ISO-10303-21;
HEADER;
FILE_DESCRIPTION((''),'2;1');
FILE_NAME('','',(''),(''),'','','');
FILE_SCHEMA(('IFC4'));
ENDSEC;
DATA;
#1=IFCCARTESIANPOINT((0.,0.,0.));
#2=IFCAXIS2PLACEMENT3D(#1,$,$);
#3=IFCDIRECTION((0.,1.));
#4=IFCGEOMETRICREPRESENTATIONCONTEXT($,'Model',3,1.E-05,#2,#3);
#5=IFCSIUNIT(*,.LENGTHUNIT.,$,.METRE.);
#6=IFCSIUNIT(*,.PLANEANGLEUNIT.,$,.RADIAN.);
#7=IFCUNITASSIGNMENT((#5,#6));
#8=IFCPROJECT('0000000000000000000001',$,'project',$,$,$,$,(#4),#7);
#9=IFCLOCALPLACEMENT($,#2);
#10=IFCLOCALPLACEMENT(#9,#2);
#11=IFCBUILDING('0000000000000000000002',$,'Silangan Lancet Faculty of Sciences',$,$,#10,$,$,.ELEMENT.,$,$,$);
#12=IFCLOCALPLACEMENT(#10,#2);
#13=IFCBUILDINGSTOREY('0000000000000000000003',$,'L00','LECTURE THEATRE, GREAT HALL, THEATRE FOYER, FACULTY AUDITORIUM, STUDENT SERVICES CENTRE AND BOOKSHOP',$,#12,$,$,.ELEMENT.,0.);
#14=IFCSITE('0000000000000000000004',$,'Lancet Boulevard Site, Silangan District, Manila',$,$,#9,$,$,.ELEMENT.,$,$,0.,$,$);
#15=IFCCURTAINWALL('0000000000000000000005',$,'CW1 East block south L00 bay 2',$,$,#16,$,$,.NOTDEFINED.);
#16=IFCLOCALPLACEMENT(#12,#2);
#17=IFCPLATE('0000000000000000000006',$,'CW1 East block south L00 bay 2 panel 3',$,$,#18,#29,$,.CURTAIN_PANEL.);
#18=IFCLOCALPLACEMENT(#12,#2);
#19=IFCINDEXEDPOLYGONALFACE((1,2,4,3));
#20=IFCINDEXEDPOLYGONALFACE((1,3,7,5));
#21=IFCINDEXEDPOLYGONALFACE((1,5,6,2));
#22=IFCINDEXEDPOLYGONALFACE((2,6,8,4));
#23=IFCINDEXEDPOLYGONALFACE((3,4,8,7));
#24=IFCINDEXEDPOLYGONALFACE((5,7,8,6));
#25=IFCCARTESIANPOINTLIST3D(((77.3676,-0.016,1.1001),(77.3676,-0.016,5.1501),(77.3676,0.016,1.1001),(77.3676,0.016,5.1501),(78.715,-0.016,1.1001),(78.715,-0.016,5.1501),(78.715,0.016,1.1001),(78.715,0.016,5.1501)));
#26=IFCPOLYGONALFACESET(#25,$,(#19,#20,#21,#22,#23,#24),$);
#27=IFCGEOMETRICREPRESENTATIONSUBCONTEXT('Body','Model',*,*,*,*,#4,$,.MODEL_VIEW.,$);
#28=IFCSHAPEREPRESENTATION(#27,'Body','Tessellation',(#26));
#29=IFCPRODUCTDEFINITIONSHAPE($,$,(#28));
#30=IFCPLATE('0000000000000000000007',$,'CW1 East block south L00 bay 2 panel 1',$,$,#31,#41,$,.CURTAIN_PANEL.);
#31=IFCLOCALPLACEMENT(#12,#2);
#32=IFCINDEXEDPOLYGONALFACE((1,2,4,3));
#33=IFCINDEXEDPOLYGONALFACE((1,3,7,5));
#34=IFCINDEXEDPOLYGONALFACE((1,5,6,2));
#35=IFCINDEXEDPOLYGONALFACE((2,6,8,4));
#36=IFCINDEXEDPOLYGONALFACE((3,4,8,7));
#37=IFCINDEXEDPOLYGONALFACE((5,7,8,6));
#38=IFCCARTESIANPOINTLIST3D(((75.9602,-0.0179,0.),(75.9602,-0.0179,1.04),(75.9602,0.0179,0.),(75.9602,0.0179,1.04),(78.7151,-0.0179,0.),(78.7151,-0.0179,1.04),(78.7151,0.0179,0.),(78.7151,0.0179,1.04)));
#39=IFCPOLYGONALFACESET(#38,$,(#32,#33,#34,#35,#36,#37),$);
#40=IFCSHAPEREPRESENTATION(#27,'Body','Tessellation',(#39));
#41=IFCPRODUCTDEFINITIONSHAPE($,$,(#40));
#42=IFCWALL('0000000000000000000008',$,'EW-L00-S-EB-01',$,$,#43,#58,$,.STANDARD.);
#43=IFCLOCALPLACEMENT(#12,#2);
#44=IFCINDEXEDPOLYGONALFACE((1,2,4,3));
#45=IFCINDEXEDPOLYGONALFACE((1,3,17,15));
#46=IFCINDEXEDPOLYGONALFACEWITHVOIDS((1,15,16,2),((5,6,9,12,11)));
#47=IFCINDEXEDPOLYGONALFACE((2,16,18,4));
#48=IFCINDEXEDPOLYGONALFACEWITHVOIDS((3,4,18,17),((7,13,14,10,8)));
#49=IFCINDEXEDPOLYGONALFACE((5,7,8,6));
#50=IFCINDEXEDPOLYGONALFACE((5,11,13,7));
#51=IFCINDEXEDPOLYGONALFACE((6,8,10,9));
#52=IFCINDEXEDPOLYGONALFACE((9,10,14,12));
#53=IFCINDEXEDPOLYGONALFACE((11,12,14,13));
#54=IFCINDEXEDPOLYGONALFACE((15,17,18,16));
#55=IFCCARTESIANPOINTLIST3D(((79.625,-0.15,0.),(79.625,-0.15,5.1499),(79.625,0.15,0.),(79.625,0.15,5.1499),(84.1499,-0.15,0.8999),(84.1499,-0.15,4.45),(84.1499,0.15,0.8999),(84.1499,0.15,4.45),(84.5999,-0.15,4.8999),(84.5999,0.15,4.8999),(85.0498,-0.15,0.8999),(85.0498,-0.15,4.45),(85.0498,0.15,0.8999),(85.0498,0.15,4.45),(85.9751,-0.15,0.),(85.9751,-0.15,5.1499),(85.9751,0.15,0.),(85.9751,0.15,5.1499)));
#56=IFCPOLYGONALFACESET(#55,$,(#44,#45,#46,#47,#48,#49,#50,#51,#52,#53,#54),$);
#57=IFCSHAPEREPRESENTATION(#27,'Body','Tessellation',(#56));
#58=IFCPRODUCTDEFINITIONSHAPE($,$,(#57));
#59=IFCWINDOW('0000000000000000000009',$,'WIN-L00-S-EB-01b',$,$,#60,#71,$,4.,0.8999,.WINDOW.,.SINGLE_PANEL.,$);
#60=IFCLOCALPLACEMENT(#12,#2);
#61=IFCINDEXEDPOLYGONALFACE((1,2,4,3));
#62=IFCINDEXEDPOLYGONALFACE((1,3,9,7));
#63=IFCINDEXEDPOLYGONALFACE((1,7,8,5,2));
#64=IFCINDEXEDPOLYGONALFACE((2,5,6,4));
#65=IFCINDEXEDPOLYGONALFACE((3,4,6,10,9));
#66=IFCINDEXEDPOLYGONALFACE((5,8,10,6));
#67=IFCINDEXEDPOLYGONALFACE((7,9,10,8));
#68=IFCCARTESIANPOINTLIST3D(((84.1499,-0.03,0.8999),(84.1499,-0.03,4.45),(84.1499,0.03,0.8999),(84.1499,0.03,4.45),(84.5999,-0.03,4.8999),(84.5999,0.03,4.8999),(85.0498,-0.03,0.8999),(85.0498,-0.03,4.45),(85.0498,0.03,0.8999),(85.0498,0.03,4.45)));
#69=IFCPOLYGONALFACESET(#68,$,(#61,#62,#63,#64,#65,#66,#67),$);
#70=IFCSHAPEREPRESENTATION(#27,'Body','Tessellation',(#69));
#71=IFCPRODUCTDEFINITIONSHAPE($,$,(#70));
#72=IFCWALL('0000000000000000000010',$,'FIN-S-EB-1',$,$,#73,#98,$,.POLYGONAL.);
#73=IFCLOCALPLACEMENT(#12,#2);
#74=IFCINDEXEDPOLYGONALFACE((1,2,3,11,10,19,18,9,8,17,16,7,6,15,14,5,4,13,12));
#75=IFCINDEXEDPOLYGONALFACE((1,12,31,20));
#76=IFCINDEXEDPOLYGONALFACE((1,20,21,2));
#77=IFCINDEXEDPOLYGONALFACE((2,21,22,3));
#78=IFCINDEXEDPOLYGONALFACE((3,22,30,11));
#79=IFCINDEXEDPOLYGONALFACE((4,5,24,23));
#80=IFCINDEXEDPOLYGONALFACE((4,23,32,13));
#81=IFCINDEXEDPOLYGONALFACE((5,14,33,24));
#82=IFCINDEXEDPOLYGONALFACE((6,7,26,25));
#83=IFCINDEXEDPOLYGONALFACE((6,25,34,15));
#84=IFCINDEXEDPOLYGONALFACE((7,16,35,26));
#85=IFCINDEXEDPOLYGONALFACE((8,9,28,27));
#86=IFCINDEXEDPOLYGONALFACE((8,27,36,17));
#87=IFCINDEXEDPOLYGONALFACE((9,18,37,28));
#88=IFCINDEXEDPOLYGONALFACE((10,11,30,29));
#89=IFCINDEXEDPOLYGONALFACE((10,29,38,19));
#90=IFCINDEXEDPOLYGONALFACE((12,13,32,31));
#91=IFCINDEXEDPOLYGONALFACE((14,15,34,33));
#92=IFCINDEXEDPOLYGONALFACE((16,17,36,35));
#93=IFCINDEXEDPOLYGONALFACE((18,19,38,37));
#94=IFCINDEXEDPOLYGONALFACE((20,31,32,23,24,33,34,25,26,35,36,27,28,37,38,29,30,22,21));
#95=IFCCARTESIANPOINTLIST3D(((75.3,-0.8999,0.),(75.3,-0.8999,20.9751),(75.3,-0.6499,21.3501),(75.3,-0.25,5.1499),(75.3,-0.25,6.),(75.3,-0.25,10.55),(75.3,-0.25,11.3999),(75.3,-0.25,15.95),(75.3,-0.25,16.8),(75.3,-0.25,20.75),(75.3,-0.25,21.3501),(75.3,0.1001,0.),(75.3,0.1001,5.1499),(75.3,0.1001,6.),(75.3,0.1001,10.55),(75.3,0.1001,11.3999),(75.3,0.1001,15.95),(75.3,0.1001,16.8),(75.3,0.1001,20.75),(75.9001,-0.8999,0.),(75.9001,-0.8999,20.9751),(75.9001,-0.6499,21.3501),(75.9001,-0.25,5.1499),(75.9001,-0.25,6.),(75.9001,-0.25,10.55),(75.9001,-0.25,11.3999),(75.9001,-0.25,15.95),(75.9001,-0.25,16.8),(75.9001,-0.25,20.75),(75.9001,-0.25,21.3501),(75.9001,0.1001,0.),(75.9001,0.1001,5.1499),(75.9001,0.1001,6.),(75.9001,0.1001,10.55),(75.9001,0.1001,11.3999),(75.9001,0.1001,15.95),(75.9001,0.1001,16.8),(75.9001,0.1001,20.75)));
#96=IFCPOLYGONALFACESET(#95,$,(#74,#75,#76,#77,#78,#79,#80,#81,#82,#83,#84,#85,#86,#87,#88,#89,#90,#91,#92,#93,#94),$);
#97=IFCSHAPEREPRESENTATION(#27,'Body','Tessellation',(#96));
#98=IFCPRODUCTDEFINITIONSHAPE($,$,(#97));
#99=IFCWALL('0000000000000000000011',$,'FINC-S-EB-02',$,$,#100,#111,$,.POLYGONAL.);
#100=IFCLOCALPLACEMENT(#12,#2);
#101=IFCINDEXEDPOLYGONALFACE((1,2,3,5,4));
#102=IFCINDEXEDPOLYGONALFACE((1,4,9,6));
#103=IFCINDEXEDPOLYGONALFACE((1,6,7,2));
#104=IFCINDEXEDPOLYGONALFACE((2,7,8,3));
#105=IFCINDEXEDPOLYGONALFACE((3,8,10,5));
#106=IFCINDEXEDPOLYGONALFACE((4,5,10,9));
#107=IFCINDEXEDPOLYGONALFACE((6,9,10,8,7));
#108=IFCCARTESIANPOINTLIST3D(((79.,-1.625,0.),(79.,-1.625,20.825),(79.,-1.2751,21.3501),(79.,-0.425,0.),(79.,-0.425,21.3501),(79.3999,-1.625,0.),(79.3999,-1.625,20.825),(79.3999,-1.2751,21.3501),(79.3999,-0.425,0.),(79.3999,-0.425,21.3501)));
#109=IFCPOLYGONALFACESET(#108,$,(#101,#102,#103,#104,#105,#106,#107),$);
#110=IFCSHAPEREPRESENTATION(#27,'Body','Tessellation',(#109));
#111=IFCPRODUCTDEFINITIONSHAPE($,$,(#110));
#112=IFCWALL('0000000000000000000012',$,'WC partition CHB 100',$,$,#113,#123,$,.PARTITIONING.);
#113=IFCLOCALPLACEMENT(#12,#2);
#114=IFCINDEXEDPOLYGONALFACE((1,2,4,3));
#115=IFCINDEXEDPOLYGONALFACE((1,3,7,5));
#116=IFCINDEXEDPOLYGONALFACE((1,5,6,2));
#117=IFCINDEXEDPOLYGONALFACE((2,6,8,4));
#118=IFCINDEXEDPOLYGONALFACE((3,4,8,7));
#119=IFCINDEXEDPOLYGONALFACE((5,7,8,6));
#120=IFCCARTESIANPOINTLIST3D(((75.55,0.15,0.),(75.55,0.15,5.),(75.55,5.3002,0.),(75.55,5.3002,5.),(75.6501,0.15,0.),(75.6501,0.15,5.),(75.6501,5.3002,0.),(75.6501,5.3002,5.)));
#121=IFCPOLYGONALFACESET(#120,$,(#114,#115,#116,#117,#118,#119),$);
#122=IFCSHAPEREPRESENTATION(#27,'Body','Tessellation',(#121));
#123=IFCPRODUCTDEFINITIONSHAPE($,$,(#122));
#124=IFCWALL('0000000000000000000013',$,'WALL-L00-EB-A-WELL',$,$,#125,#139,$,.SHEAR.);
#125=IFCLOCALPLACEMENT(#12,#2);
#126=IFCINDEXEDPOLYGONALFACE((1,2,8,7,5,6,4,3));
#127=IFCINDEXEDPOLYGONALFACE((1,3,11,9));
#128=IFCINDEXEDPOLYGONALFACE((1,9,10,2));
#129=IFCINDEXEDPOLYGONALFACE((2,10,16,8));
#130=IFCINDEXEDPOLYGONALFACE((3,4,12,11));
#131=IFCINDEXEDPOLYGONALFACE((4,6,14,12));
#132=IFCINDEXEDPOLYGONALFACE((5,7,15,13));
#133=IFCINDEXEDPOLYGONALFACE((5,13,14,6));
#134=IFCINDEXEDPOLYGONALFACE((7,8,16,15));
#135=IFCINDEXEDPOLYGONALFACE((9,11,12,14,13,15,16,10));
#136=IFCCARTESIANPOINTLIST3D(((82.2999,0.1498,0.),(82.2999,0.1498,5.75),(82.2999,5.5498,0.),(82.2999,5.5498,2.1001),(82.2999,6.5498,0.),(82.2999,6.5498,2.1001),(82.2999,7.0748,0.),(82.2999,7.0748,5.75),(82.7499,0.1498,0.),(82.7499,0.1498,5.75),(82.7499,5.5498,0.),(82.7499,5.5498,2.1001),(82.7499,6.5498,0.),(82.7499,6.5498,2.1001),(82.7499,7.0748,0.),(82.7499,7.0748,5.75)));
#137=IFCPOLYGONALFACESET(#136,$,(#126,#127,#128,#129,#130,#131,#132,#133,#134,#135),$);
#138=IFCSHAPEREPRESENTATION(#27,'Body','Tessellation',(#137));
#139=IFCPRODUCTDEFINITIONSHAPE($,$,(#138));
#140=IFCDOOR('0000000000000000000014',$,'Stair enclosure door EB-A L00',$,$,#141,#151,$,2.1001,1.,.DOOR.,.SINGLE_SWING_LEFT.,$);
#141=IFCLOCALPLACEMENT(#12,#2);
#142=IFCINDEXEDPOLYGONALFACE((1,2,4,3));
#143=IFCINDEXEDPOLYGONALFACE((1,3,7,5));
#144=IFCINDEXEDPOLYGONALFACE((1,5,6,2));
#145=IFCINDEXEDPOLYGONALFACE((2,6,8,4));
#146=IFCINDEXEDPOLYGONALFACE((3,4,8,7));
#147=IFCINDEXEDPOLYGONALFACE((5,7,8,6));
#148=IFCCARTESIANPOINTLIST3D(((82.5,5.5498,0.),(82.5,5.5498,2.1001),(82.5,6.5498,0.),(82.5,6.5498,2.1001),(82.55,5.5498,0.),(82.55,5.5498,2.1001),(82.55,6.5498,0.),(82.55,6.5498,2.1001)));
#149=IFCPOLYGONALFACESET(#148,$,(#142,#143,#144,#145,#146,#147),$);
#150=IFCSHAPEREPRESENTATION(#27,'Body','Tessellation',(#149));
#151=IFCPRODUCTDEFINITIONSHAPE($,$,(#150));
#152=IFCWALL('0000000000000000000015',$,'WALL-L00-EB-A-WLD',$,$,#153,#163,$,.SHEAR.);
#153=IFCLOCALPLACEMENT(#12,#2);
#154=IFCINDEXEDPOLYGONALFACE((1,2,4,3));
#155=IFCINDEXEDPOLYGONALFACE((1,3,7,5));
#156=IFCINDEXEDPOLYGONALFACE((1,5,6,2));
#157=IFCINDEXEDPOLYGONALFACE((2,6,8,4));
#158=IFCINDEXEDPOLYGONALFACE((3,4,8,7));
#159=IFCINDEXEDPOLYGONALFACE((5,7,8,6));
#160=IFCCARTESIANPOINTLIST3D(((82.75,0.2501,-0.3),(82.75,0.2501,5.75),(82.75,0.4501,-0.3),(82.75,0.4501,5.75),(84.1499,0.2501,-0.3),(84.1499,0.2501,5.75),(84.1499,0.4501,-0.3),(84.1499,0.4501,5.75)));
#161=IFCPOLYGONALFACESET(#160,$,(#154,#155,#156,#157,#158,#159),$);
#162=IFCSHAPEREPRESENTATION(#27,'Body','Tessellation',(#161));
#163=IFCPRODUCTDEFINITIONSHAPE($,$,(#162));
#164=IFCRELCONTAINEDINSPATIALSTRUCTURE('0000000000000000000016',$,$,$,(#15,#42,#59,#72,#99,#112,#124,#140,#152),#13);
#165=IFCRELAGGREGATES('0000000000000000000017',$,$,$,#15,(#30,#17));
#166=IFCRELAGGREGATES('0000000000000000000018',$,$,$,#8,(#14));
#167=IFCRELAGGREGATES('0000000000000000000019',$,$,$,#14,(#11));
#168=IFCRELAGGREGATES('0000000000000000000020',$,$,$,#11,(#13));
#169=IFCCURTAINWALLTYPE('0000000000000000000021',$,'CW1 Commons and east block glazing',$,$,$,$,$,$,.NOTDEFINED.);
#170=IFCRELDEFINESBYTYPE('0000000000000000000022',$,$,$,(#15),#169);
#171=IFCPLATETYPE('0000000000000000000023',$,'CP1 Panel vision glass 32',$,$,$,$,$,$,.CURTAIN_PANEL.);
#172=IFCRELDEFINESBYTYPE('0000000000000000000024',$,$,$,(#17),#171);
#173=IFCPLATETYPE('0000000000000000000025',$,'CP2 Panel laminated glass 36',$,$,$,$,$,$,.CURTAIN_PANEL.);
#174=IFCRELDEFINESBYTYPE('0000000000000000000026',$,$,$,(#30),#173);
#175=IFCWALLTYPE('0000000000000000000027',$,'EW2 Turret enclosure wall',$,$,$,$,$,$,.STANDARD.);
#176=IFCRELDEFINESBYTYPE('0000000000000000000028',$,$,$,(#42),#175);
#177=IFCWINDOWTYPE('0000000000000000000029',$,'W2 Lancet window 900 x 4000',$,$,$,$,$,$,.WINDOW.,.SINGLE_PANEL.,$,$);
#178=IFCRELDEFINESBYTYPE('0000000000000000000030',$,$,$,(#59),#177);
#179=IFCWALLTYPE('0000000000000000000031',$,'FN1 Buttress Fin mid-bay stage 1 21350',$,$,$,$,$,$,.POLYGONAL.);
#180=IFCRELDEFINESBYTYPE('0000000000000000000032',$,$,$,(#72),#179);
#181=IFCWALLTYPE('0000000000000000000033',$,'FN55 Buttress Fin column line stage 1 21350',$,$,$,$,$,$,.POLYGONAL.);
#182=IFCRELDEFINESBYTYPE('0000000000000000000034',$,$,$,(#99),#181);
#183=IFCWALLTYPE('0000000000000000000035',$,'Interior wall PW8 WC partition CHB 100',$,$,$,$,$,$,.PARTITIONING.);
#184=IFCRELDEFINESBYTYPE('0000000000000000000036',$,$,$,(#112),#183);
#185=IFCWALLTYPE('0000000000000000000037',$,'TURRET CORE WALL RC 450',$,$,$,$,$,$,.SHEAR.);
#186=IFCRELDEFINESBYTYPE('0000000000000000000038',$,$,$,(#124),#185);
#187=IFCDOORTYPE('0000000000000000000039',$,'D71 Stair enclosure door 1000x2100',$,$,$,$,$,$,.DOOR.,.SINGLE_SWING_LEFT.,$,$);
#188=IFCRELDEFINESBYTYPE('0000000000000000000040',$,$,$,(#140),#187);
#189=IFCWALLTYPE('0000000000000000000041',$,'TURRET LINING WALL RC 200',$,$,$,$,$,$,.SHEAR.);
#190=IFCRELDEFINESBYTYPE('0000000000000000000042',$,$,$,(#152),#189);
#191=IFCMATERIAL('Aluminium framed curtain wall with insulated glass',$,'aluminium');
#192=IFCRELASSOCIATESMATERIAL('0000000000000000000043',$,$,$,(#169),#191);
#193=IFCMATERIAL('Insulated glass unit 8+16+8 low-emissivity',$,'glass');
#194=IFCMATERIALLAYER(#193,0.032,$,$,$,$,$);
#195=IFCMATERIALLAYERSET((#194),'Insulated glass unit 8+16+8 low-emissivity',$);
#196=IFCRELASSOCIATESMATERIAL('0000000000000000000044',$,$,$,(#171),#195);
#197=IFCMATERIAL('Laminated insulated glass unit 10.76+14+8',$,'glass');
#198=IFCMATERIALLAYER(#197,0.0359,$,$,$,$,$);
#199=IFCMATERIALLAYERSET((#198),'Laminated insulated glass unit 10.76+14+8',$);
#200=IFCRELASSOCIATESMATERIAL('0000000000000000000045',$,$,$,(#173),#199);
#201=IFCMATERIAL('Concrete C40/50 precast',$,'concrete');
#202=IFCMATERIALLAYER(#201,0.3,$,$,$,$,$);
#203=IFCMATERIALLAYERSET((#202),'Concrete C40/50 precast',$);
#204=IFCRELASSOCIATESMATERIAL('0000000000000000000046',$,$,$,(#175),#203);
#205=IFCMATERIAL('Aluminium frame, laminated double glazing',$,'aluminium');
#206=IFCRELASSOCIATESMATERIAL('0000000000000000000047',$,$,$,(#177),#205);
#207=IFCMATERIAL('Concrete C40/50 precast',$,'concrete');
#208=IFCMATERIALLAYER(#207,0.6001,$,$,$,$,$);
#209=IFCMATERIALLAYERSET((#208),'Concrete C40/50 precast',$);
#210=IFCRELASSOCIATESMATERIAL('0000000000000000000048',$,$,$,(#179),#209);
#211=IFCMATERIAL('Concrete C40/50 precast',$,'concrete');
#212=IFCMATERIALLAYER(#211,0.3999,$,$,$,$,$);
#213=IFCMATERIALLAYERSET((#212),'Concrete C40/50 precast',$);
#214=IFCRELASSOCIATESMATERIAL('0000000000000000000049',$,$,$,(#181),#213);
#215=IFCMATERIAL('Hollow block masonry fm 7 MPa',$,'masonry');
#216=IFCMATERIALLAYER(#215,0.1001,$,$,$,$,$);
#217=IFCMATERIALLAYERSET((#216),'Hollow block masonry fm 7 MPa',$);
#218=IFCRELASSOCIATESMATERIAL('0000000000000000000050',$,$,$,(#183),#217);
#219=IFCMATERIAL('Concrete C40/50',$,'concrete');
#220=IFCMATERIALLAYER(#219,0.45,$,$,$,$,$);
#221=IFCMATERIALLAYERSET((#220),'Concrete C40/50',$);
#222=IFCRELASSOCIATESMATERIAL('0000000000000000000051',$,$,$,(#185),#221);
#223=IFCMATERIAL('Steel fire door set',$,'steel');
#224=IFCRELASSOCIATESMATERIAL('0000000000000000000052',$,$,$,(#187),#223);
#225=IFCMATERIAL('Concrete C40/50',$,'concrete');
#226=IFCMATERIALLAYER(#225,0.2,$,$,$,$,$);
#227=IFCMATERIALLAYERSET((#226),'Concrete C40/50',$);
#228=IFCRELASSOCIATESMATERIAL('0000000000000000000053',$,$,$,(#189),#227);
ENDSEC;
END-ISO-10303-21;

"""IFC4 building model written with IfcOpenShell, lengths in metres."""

from ifc_helpers import new_model, si_unit, direction, frame, frame_2d, origin, origin_2d, place, context, subcontext, project, spatial, polyline, rectangle, outline, extrude, material, layer, layer_set, type_object, element, fill, aggregate, save


model = new_model("IFC4")

# Units and contexts
model_context = context("Model", 3, precision=1e-05, world=origin(), true_north=direction((0.0, 1.0)))
body_context = subcontext(model_context, "Body", "Model", "MODEL_VIEW")
ifc_project = project(units=[si_unit("LENGTHUNIT", "METRE"), si_unit("PLANEANGLEUNIT", "RADIAN")], contexts=[model_context])

# Site, building, storey
site_placement = place(None, origin())
site = spatial("IfcSite", under=ifc_project, at=site_placement, Name="Lancet Boulevard Site, Silangan District, Manila", CompositionType="ELEMENT", RefElevation=0.0)
building_placement = place(site_placement, origin())
building = spatial("IfcBuilding", under=site, at=building_placement, Name="Silangan Lancet Faculty of Sciences", CompositionType="ELEMENT")
storey_placement = place(building_placement, origin())
storey = spatial("IfcBuildingStorey", under=building, at=storey_placement, Name="L00", Description="LECTURE THEATRE, GREAT HALL, THEATRE FOYER, FACULTY AUDITORIUM, STUDENT SERVICES CENTRE AND BOOKSHOP", CompositionType="ELEMENT", Elevation=0.0)

# Shared definitions
ifc_material_1 = material(Name="Aluminium framed curtain wall with insulated glass", Category="aluminium")
curtain_wall_type = type_object("IfcCurtainWallType", Name="CW1 Commons and east block glazing", PredefinedType="NOTDEFINED", material=ifc_material_1)

# Curtain wall, plates
curtain_wall_1_placement = place(storey_placement, origin())
curtain_wall_1 = element("IfcCurtainWall", 1, at=curtain_wall_1_placement, inside=storey, type_object=curtain_wall_type, Name="CW1 East block south L00 bay 2", PredefinedType="NOTDEFINED")
ifc_material_2 = material(Name="Insulated glass unit 8+16+8 low-emissivity", Category="glass")
ifc_layer_1 = layer(ifc_material_2, 0.032)
ifc_layer_set_1 = layer_set([ifc_layer_1], Name="Insulated glass unit 8+16+8 low-emissivity")
plate_type_1 = type_object("IfcPlateType", Name="CP1 Panel vision glass 32", PredefinedType="CURTAIN_PANEL", material=ifc_layer_set_1)
plate_1_placement = place(storey_placement, frame((78.0413, 0.0, 1.1001), z_axis=(0.0, 0.0, 1.0), x_axis=(1.0, 0.0, 0.0)))
plate_1 = element("IfcPlate", 2, at=plate_1_placement, type_object=plate_type_1, Name="CW1 East block south L00 bay 2 panel 3", PredefinedType="CURTAIN_PANEL", context=body_context, shape_type="SweptSolid", body=[
    extrude(rectangle(XDim=1.3474, YDim=0.032, at=origin_2d()), origin(), (0.0, 0.0, 1.0), 4.05),
])
ifc_material_3 = material(Name="Laminated insulated glass unit 10.76+14+8", Category="glass")
ifc_layer_2 = layer(ifc_material_3, 0.0359)
ifc_layer_set_2 = layer_set([ifc_layer_2], Name="Laminated insulated glass unit 10.76+14+8")
plate_type_2 = type_object("IfcPlateType", Name="CP2 Panel laminated glass 36", PredefinedType="CURTAIN_PANEL", material=ifc_layer_set_2)
plate_2_placement = place(storey_placement, frame((77.3376, 0.0, 0.0), z_axis=(0.0, 0.0, 1.0), x_axis=(1.0, 0.0, 0.0)))
plate_2 = element("IfcPlate", 3, at=plate_2_placement, type_object=plate_type_2, Name="CW1 East block south L00 bay 2 panel 1", PredefinedType="CURTAIN_PANEL", context=body_context, shape_type="SweptSolid", body=[
    extrude(rectangle(XDim=2.7549, YDim=0.0359, at=origin_2d()), origin(), (0.0, 0.0, 1.0), 1.04),
])
aggregate(curtain_wall_1, [plate_2, plate_1])

# Wall, opening, window
ifc_material_4 = material(Name="Concrete C40/50 precast", Category="concrete")
ifc_layer_3 = layer(ifc_material_4, 0.3)
ifc_layer_set_3 = layer_set([ifc_layer_3], Name="Concrete C40/50 precast")
wall_type_1 = type_object("IfcWallType", Name="EW2 Turret enclosure wall", PredefinedType="STANDARD", material=ifc_layer_set_3)
wall_1_placement = place(storey_placement, frame((79.625, 0.0, 0.0), z_axis=(0.0, 0.0, 1.0), x_axis=(1.0, 0.0, 0.0)))
wall_1 = element("IfcWall", 4, at=wall_1_placement, inside=storey, type_object=wall_type_1, Name="EW-L00-S-EB-01", PredefinedType="STANDARD", context=body_context, shape_type="SweptSolid", body=[
    extrude(rectangle(XDim=6.3501, YDim=0.3, at=frame_2d((3.175, 0.0))), origin(), (0.0, 0.0, 1.0), 5.1499),
])
opening_1_placement = place(wall_1_placement, frame((4.5249, 0.0, 0.8999)))
opening_1 = element("IfcOpeningElement", 5, at=opening_1_placement, cuts=wall_1, PredefinedType="OPENING", context=body_context, shape_type="SweptSolid", body=[
    extrude(outline(polyline([(0.0, 0.0), (0.8999, 0.0), (0.8999, 3.55), (0.45, 4.0), (0.0, 3.55), (0.0, 0.0)])), frame((0.0, 0.1599, 0.0), z_axis=(0.0, -1.0, 0.0), x_axis=(1.0, 0.0, 0.0)), (0.0, 0.0, 1.0), 0.3201),
])
ifc_material_5 = material(Name="Aluminium frame, laminated double glazing", Category="aluminium")
window_type = type_object("IfcWindowType", Name="W2 Lancet window 900 x 4000", PartitioningType="SINGLE_PANEL", PredefinedType="WINDOW", material=ifc_material_5)
window_placement = place(opening_1_placement, origin())
window = element("IfcWindow", 6, at=window_placement, inside=storey, type_object=window_type, Name="WIN-L00-S-EB-01b", OverallHeight=4.0, OverallWidth=0.8999, PartitioningType="SINGLE_PANEL", PredefinedType="WINDOW", context=body_context, shape_type="SweptSolid", body=[
    extrude(outline(polyline([(0.0, 0.0), (0.8999, 0.0), (0.8999, 3.55), (0.45, 4.0), (0.0, 3.55), (0.0, 0.0)])), frame((0.0, 0.03, 0.0), z_axis=(0.0, -1.0, 0.0), x_axis=(1.0, 0.0, 0.0)), (0.0, 0.0, 1.0), 0.0601),
])
fill(opening_1, window)

# Walls
ifc_material_6 = material(Name="Concrete C40/50 precast", Category="concrete")
ifc_layer_4 = layer(ifc_material_6, 0.6001)
ifc_layer_set_4 = layer_set([ifc_layer_4], Name="Concrete C40/50 precast")
wall_type_2 = type_object("IfcWallType", Name="FN1 Buttress Fin mid-bay stage 1 21350", PredefinedType="POLYGONAL", material=ifc_layer_set_4)
wall_2_placement = place(storey_placement, frame((75.6001, 0.1001, 0.0), z_axis=(0.0, 0.0, 1.0), x_axis=(0.0, -1.0, 0.0)))
element("IfcWall", 7, at=wall_2_placement, inside=storey, type_object=wall_type_2, Name="FIN-S-EB-1", PredefinedType="POLYGONAL", context=body_context, shape_type="SweptSolid", body=[
    extrude(outline(polyline([(1.0, 0.0), (1.0, 20.9751), (0.75, 21.3501), (0.3501, 21.3501), (0.3501, 20.75), (0.0, 20.75), (0.0, 16.8), (0.3501, 16.8), (0.3501, 15.95), (0.0, 15.95), (0.0, 11.3999), (0.3501, 11.3999), (0.3501, 10.55), (0.0, 10.55), (0.0, 6.0), (0.3501, 6.0), (0.3501, 5.1499), (0.0, 5.1499), (0.0, 0.0), (1.0, 0.0)])), frame((0.0, 0.3, 0.0), z_axis=(0.0, -1.0, 0.0), x_axis=(1.0, 0.0, 0.0)), (0.0, 0.0, 1.0), 0.6001),
])
ifc_material_7 = material(Name="Concrete C40/50 precast", Category="concrete")
ifc_layer_5 = layer(ifc_material_7, 0.3999)
ifc_layer_set_5 = layer_set([ifc_layer_5], Name="Concrete C40/50 precast")
wall_type_3 = type_object("IfcWallType", Name="FN55 Buttress Fin column line stage 1 21350", PredefinedType="POLYGONAL", material=ifc_layer_set_5)
wall_3_placement = place(storey_placement, frame((79.2, -0.425, 0.0), z_axis=(0.0, 0.0, 1.0), x_axis=(0.0, -1.0, 0.0)))
element("IfcWall", 8, at=wall_3_placement, inside=storey, type_object=wall_type_3, Name="FINC-S-EB-02", PredefinedType="POLYGONAL", context=body_context, shape_type="SweptSolid", body=[
    extrude(outline(polyline([(1.2, 0.0), (1.2, 20.825), (0.8501, 21.3501), (0.0, 21.3501), (0.0, 0.0), (1.2, 0.0)])), frame((0.0, 0.2, 0.0), z_axis=(0.0, -1.0, 0.0), x_axis=(1.0, 0.0, 0.0)), (0.0, 0.0, 1.0), 0.3999),
])
ifc_material_8 = material(Name="Hollow block masonry fm 7 MPa", Category="masonry")
ifc_layer_6 = layer(ifc_material_8, 0.1001)
ifc_layer_set_6 = layer_set([ifc_layer_6], Name="Hollow block masonry fm 7 MPa")
wall_type_4 = type_object("IfcWallType", Name="Interior wall PW8 WC partition CHB 100", PredefinedType="PARTITIONING", material=ifc_layer_set_6)
wall_4_placement = place(storey_placement, frame((75.6001, 0.1499, 0.0), z_axis=(0.0, 0.0, 1.0), x_axis=(0.0, 1.0, 0.0)))
element("IfcWall", 9, at=wall_4_placement, inside=storey, type_object=wall_type_4, Name="WC partition CHB 100", PredefinedType="PARTITIONING", context=body_context, shape_type="SweptSolid", body=[
    extrude(rectangle(XDim=5.1501, YDim=0.1001, at=frame_2d((2.5752, 0.0))), origin(), (0.0, 0.0, 1.0), 5.0),
])

# Wall, opening, door
ifc_material_9 = material(Name="Concrete C40/50", Category="concrete")
ifc_layer_7 = layer(ifc_material_9, 0.45)
ifc_layer_set_7 = layer_set([ifc_layer_7], Name="Concrete C40/50")
wall_type_5 = type_object("IfcWallType", Name="TURRET CORE WALL RC 450", PredefinedType="SHEAR", material=ifc_layer_set_7)
wall_5_placement = place(storey_placement, frame((82.5249, 0.1499, 0.0), z_axis=(0.0, 0.0, 1.0), x_axis=(0.0, 1.0, 0.0)))
wall_5 = element("IfcWall", 10, at=wall_5_placement, inside=storey, type_object=wall_type_5, Name="WALL-L00-EB-A-WELL", PredefinedType="SHEAR", context=body_context, shape_type="SweptSolid", body=[
    extrude(rectangle(XDim=6.925, YDim=0.45, at=frame_2d((3.4624, 0.0))), origin(), (0.0, 0.0, 1.0), 5.75),
])
opening_2_placement = place(wall_5_placement, frame((5.3999, 0.0, 0.0)))
opening_2 = element("IfcOpeningElement", 11, at=opening_2_placement, cuts=wall_5, PredefinedType="OPENING", context=body_context, shape_type="SweptSolid", body=[
    extrude(rectangle(XDim=1.0, YDim=2.1001, at=frame_2d((0.5, 1.05))), frame((0.0, 0.2349, 0.0), z_axis=(0.0, -1.0, 0.0), x_axis=(1.0, 0.0, 0.0)), (0.0, 0.0, 1.0), 0.47),
])
ifc_material_10 = material(Name="Steel fire door set", Category="steel")
door_type_1 = type_object("IfcDoorType", Name="D71 Stair enclosure door 1000x2100", OperationType="SINGLE_SWING_LEFT", PredefinedType="DOOR", material=ifc_material_10)
door_1_placement = place(opening_2_placement, frame((1.0, 0.0, 0.0), z_axis=(0.0, 0.0, 1.0), x_axis=(-1.0, 0.0, 0.0)))
door_1 = element("IfcDoor", 12, at=door_1_placement, inside=storey, type_object=door_type_1, Name="Stair enclosure door EB-A L00", OperationType="SINGLE_SWING_LEFT", OverallHeight=2.1001, OverallWidth=1.0, PredefinedType="DOOR", context=body_context, shape_type="SweptSolid", body=[
    extrude(rectangle(XDim=1.0, YDim=2.1001, at=frame_2d((0.5, 1.05))), frame((0.0, 0.0251, 0.0), z_axis=(0.0, -1.0, 0.0), x_axis=(1.0, 0.0, 0.0)), (0.0, 0.0, 1.0), 0.05),
])
fill(opening_2, door_1)

# Wall
ifc_material_11 = material(Name="Concrete C40/50", Category="concrete")
ifc_layer_8 = layer(ifc_material_11, 0.2)
ifc_layer_set_8 = layer_set([ifc_layer_8], Name="Concrete C40/50")
wall_type_6 = type_object("IfcWallType", Name="TURRET LINING WALL RC 200", PredefinedType="SHEAR", material=ifc_layer_set_8)
wall_6_placement = place(storey_placement, frame((82.75, 0.3501, -0.3), z_axis=(0.0, 0.0, 1.0), x_axis=(1.0, 0.0, 0.0)))
element("IfcWall", 13, at=wall_6_placement, inside=storey, type_object=wall_type_6, Name="WALL-L00-EB-A-WLD", PredefinedType="SHEAR", context=body_context, shape_type="SweptSolid", body=[
    extrude(rectangle(XDim=1.3999, YDim=0.2, at=frame_2d((0.7, 0.0))), origin(), (0.0, 0.0, 1.0), 6.05),
])

save(model, "model.ifc")
